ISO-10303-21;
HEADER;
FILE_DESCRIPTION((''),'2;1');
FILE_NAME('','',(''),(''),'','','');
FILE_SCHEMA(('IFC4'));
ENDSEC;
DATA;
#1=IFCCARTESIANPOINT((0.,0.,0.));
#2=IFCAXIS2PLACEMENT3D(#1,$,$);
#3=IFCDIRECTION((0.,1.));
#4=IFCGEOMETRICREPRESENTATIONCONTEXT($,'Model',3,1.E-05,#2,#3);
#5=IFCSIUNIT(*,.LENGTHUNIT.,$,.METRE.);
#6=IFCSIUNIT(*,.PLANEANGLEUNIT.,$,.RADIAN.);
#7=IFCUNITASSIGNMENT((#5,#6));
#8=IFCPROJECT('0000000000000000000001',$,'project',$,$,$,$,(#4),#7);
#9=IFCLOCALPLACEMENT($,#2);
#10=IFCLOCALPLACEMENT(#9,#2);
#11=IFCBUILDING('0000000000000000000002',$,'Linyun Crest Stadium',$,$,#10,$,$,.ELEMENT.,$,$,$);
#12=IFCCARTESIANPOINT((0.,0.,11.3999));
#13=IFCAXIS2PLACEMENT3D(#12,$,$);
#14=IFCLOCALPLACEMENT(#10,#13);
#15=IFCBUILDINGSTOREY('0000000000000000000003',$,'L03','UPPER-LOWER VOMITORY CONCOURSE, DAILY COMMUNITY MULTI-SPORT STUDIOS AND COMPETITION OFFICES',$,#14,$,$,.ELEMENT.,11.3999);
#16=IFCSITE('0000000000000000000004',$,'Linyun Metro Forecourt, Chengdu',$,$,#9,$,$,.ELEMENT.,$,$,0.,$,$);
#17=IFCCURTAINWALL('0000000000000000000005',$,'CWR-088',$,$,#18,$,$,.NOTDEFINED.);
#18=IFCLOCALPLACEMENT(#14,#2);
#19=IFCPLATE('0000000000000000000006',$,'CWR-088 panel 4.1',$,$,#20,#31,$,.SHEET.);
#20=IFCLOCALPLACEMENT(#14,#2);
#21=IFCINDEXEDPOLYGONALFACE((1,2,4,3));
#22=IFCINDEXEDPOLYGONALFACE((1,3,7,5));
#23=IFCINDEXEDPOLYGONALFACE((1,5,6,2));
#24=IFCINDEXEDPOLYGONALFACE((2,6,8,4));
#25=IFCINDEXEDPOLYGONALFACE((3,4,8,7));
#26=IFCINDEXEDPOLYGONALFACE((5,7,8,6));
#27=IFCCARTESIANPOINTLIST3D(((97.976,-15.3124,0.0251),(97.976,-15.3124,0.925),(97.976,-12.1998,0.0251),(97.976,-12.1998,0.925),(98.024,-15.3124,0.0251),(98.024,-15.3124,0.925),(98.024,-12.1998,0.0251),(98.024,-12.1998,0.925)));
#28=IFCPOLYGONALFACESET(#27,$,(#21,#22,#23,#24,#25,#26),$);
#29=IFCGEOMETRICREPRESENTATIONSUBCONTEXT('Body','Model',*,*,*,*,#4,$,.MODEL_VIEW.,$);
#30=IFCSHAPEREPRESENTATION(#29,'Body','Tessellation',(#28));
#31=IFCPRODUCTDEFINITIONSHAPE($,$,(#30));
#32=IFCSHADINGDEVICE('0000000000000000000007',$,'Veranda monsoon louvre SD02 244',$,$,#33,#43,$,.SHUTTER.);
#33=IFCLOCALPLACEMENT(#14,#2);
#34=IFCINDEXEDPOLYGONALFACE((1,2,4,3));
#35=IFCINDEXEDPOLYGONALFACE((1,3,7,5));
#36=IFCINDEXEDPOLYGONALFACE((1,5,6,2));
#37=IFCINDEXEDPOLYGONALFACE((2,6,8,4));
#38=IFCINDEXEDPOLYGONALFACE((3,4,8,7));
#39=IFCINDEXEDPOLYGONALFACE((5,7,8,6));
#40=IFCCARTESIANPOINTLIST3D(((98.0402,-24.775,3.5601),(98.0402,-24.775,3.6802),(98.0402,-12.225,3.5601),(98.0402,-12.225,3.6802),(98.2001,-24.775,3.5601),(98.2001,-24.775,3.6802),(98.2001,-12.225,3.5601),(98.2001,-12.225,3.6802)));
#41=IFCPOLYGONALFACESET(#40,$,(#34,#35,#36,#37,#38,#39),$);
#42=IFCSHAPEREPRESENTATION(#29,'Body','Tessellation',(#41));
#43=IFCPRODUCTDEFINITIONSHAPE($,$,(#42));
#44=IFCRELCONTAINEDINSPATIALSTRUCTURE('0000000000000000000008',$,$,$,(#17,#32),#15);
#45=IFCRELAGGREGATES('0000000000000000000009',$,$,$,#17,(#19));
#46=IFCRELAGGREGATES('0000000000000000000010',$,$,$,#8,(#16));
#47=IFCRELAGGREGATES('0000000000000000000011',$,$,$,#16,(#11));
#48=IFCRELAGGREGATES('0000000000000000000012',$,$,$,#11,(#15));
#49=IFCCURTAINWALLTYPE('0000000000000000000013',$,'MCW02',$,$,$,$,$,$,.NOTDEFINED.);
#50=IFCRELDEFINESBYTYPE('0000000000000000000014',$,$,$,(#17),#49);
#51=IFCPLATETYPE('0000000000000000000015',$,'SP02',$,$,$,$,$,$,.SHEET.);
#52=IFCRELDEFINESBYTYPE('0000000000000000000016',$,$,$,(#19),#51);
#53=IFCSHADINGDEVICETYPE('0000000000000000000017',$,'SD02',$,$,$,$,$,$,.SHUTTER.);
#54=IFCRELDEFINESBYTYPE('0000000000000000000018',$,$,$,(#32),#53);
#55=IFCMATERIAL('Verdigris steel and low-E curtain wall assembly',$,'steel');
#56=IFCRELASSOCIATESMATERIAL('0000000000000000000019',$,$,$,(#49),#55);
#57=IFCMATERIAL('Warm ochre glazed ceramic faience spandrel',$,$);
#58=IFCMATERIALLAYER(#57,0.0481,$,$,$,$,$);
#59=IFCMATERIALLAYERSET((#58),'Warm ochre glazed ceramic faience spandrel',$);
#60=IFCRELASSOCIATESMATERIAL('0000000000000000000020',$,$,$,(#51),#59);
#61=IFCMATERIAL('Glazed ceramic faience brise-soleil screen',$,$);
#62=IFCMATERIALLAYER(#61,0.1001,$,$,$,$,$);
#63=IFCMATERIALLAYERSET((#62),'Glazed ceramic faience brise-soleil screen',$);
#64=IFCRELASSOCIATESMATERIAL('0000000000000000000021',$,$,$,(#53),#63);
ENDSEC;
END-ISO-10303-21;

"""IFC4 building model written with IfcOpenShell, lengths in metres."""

from ifc_helpers import new_model, si_unit, direction, frame, origin, origin_2d, place, context, subcontext, project, spatial, rectangle, extrude, material, layer, layer_set, type_object, element, aggregate, save


model = new_model("IFC4")

# Units and contexts
model_context = context("Model", 3, precision=1e-05, world=origin(), true_north=direction((0.0, 1.0)))
body_context = subcontext(model_context, "Body", "Model", "MODEL_VIEW")
ifc_project = project(units=[si_unit("LENGTHUNIT", "METRE"), si_unit("PLANEANGLEUNIT", "RADIAN")], contexts=[model_context])

# Site, building, storey
site_placement = place(None, origin())
site = spatial("IfcSite", under=ifc_project, at=site_placement, Name="Linyun Metro Forecourt, Chengdu", CompositionType="ELEMENT", RefElevation=0.0)
building_placement = place(site_placement, origin())
building = spatial("IfcBuilding", under=site, at=building_placement, Name="Linyun Crest Stadium", CompositionType="ELEMENT")
storey_placement = place(building_placement, frame((0.0, 0.0, 11.3999)))
storey = spatial("IfcBuildingStorey", under=building, at=storey_placement, Name="L03", Description="UPPER-LOWER VOMITORY CONCOURSE, DAILY COMMUNITY MULTI-SPORT STUDIOS AND COMPETITION OFFICES", CompositionType="ELEMENT", Elevation=11.3999)

# Curtain wall
ifc_material_1 = material(Name="Verdigris steel and low-E curtain wall assembly", Category="steel")
curtain_wall_type = type_object("IfcCurtainWallType", Name="MCW02", PredefinedType="NOTDEFINED", material=ifc_material_1)
curtain_wall_1_placement = place(storey_placement, origin())
curtain_wall_1 = element("IfcCurtainWall", 1, at=curtain_wall_1_placement, inside=storey, type_object=curtain_wall_type, Name="CWR-088", PredefinedType="NOTDEFINED")

# Plate
ifc_material_2 = material(Name="Warm ochre glazed ceramic faience spandrel")
ifc_layer_1 = layer(ifc_material_2, 0.0481)
ifc_layer_set_1 = layer_set([ifc_layer_1], Name="Warm ochre glazed ceramic faience spandrel")
plate_type_1 = type_object("IfcPlateType", Name="SP02", PredefinedType="SHEET", material=ifc_layer_set_1)
plate_1_placement = place(storey_placement, frame((98.0, -13.7561, 0.0251), z_axis=(0.0, 0.0, 1.0), x_axis=(0.0, 1.0, 0.0)))
plate_1 = element("IfcPlate", 2, at=plate_1_placement, type_object=plate_type_1, Name="CWR-088 panel 4.1", PredefinedType="SHEET", context=body_context, shape_type="SweptSolid", body=[
    extrude(rectangle(XDim=3.1125, YDim=0.0481, at=origin_2d()), origin(), (0.0, 0.0, 1.0), 0.8999),
])
aggregate(curtain_wall_1, [plate_1])

# Shading device
ifc_material_3 = material(Name="Glazed ceramic faience brise-soleil screen")
ifc_layer_2 = layer(ifc_material_3, 0.1001)
ifc_layer_set_2 = layer_set([ifc_layer_2], Name="Glazed ceramic faience brise-soleil screen")
shading_device_type = type_object("IfcShadingDeviceType", Name="SD02", PredefinedType="SHUTTER", material=ifc_layer_set_2)
shading_device_placement = place(storey_placement, frame((98.1201, -18.5, 3.5601), z_axis=(0.0, 0.0, 1.0), x_axis=(1.0, 0.0, 0.0)))
element("IfcShadingDevice", 3, at=shading_device_placement, inside=storey, type_object=shading_device_type, Name="Veranda monsoon louvre SD02 244", PredefinedType="SHUTTER", context=body_context, shape_type="SweptSolid", body=[
    extrude(rectangle(XDim=0.1599, YDim=12.55, at=origin_2d()), origin(), (0.0, 0.0, 1.0), 0.1201),
])

save(model, "model.ifc")
